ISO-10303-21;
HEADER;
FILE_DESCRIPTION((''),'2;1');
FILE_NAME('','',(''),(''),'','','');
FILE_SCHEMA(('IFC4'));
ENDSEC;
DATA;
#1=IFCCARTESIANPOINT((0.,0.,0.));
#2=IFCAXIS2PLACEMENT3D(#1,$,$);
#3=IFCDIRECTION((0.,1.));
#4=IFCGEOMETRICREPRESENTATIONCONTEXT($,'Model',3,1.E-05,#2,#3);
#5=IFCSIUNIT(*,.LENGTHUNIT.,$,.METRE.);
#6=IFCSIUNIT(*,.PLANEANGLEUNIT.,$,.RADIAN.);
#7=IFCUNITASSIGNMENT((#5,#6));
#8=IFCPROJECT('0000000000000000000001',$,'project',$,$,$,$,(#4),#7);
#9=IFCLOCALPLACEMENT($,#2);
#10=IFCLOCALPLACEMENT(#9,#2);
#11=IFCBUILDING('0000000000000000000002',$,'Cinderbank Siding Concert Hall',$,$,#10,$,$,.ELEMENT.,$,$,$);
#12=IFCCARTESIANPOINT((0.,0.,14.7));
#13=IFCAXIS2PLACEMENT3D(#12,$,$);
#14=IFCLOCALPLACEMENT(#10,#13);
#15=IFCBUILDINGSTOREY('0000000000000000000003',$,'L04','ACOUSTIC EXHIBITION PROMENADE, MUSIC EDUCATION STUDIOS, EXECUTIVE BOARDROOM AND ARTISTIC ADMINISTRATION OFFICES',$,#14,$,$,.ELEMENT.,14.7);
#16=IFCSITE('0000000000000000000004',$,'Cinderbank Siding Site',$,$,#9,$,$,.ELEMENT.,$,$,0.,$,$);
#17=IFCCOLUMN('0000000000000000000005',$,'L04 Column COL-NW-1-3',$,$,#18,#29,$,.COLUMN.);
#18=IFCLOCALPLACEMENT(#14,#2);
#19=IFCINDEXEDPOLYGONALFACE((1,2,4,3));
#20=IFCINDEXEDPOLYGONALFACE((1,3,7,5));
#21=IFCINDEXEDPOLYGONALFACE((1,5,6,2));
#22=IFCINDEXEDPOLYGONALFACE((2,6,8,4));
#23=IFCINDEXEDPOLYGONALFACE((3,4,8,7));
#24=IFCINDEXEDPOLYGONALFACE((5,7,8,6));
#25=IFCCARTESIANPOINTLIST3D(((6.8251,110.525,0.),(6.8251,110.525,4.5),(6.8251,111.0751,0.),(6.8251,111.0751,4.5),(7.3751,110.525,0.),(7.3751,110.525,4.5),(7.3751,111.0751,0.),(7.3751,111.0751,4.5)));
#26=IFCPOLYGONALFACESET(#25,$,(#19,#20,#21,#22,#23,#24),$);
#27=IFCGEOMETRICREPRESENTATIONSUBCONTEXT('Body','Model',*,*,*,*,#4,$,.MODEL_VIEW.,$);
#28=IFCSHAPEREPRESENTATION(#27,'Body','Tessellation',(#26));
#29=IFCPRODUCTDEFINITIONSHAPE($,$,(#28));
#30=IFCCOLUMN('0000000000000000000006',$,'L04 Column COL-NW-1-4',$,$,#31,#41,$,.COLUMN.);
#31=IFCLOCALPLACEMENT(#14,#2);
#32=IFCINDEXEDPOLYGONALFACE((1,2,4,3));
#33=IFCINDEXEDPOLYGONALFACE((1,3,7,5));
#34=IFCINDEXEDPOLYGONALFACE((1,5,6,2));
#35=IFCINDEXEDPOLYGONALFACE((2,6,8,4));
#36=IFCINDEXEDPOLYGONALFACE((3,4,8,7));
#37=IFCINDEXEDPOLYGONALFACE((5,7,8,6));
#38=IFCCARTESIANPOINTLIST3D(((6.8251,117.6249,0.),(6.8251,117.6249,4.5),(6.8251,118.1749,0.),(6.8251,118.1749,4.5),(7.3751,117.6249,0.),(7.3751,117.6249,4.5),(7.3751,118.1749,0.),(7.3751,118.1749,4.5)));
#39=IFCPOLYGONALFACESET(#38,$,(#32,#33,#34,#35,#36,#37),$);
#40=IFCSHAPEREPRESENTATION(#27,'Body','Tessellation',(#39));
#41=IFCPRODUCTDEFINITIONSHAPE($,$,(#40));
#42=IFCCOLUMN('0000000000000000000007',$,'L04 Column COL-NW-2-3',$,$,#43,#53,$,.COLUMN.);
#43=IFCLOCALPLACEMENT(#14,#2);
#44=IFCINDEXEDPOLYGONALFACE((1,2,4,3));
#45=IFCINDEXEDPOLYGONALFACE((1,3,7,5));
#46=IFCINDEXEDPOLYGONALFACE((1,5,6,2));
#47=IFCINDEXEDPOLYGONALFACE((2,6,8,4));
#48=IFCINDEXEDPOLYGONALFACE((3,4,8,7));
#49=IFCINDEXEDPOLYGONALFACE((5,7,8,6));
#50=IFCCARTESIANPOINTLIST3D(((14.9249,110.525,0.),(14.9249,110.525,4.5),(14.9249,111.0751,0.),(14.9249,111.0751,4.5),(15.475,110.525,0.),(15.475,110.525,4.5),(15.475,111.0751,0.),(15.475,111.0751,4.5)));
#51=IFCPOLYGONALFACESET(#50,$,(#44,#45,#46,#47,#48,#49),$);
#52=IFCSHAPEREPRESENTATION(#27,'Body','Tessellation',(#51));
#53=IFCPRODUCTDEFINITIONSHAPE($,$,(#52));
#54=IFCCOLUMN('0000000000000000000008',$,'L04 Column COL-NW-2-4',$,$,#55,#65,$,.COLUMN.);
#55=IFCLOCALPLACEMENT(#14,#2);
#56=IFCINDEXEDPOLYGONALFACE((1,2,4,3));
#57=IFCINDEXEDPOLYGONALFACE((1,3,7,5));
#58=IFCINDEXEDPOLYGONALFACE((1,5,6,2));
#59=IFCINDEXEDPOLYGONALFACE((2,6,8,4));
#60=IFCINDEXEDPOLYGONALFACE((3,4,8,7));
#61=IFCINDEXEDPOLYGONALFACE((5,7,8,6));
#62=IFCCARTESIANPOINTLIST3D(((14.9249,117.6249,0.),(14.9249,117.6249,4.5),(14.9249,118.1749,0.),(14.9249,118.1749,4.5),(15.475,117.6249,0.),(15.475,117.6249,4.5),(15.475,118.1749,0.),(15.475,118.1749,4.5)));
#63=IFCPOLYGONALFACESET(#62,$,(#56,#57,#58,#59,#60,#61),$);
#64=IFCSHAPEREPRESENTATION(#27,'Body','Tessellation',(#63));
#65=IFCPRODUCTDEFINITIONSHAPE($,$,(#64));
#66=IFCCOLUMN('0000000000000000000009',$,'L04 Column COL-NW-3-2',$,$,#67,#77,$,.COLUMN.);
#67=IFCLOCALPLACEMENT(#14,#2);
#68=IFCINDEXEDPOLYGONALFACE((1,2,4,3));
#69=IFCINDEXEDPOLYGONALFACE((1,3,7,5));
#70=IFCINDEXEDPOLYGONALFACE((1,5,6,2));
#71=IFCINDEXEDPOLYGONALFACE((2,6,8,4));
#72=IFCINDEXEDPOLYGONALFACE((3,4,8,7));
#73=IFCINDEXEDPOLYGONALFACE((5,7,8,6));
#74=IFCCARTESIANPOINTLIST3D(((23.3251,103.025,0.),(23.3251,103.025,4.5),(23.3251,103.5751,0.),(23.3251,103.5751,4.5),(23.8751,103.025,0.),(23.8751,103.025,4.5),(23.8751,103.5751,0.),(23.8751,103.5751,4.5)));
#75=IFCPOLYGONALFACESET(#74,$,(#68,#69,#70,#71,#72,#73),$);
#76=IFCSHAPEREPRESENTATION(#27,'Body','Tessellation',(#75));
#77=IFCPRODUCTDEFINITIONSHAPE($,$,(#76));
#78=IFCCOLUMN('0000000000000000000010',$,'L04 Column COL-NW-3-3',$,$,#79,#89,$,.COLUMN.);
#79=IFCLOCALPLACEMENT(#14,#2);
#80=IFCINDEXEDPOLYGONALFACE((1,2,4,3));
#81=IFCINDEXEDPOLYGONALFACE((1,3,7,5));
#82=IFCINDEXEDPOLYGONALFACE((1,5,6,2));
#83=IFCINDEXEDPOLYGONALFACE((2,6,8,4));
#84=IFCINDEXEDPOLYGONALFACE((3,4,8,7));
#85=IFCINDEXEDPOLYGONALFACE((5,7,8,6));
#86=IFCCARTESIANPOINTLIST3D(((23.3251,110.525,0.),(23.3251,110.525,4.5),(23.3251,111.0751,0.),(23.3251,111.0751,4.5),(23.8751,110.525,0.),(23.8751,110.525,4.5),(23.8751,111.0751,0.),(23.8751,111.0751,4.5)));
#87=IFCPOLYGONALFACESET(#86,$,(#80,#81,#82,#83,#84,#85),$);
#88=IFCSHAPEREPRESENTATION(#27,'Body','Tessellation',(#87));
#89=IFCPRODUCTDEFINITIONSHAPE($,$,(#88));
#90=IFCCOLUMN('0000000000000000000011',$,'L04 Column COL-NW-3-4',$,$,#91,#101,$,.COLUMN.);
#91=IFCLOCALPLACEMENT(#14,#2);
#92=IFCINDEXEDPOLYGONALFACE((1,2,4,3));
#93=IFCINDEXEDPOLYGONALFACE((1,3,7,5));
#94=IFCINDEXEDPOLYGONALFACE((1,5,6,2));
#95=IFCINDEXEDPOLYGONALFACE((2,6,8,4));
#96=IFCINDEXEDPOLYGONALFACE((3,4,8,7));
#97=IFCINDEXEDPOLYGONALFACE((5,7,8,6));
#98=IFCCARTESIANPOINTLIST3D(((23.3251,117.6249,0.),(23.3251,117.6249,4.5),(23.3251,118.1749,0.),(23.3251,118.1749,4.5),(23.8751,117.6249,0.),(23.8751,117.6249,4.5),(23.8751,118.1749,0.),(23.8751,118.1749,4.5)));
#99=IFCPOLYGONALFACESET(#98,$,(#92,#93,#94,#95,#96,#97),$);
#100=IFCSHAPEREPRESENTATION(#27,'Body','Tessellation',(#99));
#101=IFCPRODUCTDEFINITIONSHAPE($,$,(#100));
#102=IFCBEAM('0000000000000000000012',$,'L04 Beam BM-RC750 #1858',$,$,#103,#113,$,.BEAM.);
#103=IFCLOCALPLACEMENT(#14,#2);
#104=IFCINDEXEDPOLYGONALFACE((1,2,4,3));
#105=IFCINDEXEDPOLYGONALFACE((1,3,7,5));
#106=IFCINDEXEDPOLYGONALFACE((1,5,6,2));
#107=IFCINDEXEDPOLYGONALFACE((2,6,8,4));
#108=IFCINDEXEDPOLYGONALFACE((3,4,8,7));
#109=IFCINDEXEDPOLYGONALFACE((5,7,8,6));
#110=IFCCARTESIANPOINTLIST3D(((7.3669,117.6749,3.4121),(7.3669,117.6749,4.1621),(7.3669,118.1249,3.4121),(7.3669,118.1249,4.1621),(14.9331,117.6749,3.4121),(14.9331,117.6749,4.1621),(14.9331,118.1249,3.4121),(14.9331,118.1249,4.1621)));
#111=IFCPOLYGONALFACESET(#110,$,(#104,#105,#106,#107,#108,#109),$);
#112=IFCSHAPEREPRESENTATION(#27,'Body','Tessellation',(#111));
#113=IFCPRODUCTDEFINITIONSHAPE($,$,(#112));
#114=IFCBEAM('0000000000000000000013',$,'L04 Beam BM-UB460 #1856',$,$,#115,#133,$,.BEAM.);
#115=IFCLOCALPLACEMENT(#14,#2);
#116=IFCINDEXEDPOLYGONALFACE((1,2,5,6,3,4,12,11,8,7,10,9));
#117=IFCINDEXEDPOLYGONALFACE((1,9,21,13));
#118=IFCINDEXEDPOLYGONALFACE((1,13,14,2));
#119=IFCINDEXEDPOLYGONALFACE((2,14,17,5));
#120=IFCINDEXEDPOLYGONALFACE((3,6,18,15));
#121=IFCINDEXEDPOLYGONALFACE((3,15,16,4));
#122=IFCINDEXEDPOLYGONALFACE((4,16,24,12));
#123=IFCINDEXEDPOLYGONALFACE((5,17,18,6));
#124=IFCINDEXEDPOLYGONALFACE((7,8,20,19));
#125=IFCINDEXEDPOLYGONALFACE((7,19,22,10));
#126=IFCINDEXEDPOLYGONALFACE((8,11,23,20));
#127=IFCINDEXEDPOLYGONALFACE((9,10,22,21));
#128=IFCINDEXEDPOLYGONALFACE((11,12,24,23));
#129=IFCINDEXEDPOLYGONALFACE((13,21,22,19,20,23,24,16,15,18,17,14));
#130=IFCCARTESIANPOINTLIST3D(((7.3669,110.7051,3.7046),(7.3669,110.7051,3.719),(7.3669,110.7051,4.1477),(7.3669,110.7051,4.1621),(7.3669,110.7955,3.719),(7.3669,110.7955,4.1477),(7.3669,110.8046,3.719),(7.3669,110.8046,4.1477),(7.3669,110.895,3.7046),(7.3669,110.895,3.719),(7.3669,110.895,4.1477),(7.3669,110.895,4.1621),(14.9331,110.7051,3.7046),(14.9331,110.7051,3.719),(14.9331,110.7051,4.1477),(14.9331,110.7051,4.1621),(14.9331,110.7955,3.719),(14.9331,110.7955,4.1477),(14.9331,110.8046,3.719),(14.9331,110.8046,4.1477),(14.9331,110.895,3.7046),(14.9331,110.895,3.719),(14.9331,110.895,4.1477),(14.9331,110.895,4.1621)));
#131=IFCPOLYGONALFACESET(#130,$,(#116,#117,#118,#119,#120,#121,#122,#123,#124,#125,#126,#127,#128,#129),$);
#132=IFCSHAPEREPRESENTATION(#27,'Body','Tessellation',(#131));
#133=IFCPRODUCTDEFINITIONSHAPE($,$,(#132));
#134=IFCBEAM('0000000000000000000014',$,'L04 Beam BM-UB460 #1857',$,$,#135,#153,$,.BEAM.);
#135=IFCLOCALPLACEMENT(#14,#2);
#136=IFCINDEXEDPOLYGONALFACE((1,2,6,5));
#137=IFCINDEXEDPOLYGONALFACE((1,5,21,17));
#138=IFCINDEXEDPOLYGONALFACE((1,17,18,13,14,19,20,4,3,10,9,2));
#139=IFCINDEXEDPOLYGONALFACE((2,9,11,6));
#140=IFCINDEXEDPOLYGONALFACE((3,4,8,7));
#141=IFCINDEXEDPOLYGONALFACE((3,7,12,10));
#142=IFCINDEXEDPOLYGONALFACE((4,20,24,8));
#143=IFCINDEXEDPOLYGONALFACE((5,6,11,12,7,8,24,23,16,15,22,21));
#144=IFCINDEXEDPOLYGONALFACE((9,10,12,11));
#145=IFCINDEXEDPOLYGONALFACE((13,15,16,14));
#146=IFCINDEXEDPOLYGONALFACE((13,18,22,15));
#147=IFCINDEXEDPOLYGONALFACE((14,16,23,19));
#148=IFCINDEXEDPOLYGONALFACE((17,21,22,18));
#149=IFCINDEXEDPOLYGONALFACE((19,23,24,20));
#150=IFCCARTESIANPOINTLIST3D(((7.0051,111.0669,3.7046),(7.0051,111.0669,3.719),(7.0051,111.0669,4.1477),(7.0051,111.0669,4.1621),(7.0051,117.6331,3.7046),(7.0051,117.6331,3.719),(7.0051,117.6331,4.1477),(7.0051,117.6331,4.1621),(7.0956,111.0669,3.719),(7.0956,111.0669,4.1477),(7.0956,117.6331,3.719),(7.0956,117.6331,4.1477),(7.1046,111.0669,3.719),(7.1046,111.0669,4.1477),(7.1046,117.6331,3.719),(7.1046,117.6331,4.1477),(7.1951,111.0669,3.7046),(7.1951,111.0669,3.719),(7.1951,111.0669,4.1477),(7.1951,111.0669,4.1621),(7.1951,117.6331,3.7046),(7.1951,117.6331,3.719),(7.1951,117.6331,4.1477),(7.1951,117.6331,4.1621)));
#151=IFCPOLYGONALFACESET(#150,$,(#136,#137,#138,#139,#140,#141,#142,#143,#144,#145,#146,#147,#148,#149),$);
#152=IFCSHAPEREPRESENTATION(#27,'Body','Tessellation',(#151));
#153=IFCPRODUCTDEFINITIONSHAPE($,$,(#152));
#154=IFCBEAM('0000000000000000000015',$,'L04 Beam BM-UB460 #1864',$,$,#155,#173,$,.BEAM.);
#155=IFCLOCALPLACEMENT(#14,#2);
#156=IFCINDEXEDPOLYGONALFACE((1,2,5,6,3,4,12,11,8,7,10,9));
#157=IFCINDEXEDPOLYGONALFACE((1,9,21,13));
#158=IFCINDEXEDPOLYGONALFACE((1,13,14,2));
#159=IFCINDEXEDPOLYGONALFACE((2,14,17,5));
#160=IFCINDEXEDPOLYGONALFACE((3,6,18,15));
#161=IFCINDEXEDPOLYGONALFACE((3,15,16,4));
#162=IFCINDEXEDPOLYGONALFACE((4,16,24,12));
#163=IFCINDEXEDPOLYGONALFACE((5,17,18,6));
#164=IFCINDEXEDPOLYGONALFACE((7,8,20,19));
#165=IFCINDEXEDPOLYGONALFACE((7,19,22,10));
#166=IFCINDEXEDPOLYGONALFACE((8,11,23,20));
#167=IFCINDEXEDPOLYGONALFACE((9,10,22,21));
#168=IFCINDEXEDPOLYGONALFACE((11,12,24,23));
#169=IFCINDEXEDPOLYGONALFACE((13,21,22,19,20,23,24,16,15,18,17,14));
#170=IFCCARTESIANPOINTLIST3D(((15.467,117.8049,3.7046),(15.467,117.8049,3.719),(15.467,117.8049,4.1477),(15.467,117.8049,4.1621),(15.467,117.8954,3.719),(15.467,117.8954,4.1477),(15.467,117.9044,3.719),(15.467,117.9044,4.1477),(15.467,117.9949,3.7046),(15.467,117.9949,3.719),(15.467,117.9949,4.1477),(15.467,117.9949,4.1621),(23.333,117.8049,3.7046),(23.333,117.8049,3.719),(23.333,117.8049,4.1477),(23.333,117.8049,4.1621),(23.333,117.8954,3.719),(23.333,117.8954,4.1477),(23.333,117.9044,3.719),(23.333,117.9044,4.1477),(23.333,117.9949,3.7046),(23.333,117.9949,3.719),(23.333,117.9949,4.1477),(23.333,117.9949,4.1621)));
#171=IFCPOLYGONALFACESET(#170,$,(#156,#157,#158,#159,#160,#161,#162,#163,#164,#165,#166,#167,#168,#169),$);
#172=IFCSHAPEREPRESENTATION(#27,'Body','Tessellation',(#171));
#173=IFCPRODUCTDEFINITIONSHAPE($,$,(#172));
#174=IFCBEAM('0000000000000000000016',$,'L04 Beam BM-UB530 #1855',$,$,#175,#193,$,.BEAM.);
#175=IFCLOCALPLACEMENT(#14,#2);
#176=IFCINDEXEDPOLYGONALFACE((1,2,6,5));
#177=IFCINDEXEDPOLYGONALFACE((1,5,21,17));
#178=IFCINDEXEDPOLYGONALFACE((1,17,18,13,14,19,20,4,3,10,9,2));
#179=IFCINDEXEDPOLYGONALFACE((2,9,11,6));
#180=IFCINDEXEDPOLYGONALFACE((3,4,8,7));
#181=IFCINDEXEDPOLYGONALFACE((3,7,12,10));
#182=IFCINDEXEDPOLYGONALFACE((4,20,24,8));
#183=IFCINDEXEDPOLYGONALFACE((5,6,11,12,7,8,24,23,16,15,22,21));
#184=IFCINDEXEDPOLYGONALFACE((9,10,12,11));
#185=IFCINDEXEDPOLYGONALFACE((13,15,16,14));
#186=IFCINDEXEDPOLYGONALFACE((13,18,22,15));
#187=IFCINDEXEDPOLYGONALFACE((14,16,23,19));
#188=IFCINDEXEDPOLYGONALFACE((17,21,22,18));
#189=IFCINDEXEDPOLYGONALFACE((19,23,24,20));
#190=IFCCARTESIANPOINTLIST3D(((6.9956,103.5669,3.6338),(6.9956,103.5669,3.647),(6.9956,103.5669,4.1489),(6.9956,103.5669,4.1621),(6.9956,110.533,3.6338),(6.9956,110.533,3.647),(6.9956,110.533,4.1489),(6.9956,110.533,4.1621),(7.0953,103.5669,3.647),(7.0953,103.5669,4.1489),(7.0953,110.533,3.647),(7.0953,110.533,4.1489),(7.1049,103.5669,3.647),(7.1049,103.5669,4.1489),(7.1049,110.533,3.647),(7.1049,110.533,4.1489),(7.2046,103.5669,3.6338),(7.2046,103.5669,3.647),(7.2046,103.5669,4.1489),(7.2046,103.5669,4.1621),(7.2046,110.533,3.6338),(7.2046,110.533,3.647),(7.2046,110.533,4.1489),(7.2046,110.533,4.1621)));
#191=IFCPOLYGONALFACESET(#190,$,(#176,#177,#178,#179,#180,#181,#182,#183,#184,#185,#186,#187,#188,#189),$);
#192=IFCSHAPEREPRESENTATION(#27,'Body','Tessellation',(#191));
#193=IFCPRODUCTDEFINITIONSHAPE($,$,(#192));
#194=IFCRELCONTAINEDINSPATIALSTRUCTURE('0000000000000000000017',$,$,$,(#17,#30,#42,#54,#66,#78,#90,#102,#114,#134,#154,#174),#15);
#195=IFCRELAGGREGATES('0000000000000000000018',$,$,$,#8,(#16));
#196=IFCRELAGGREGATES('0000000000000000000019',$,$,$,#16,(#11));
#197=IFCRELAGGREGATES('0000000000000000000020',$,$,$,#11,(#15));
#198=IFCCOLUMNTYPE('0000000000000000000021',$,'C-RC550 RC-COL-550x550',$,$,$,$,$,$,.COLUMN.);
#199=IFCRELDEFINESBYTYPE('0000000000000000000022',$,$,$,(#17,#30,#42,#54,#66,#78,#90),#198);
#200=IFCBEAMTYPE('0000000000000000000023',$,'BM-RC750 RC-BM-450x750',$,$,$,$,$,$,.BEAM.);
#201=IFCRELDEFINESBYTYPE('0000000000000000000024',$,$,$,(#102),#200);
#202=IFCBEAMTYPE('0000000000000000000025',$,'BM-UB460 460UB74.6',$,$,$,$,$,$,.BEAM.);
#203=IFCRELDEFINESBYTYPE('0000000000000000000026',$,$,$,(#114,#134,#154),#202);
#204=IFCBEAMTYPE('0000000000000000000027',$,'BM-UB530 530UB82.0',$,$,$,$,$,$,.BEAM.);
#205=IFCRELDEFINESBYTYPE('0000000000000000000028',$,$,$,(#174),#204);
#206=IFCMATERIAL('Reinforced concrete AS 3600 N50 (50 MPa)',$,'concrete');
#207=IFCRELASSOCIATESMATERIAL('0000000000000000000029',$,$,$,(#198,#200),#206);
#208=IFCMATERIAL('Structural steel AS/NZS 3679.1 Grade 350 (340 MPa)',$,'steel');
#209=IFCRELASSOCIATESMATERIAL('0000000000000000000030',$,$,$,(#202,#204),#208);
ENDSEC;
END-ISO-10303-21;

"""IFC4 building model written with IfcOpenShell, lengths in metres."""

from ifc_helpers import new_model, si_unit, direction, frame, origin, origin_2d, place, context, subcontext, project, spatial, rectangle, i_section, extrude, material, material_profile, profile_set, type_object, element, save


model = new_model("IFC4")

# Units and contexts
model_context = context("Model", 3, precision=1e-05, world=origin(), true_north=direction((0.0, 1.0)))
body_context = subcontext(model_context, "Body", "Model", "MODEL_VIEW")
ifc_project = project(units=[si_unit("LENGTHUNIT", "METRE"), si_unit("PLANEANGLEUNIT", "RADIAN")], contexts=[model_context])

# Site, building, storey
site_placement = place(None, origin())
site = spatial("IfcSite", under=ifc_project, at=site_placement, Name="Cinderbank Siding Site", CompositionType="ELEMENT", RefElevation=0.0)
building_placement = place(site_placement, origin())
building = spatial("IfcBuilding", under=site, at=building_placement, Name="Cinderbank Siding Concert Hall", CompositionType="ELEMENT")
storey_placement = place(building_placement, frame((0.0, 0.0, 14.7)))
storey = spatial("IfcBuildingStorey", under=building, at=storey_placement, Name="L04", Description="ACOUSTIC EXHIBITION PROMENADE, MUSIC EDUCATION STUDIOS, EXECUTIVE BOARDROOM AND ARTISTIC ADMINISTRATION OFFICES", CompositionType="ELEMENT", Elevation=14.7)

# Columns
ifc_material_1 = material(Name="Reinforced concrete AS 3600 N50 (50 MPa)", Category="concrete")
ifc_material_profile_1 = material_profile(ifc_material_1, rectangle(XDim=0.55, YDim=0.55, at=origin_2d()), Name="RC-COL-550x550", Category="LoadBearing")
ifc_profile_set_1 = profile_set([ifc_material_profile_1], Name="Reinforced concrete AS 3600 N50 (50 MPa)")
column_type = type_object("IfcColumnType", Name="C-RC550 RC-COL-550x550", PredefinedType="COLUMN", material=ifc_profile_set_1)
for number, where, z_axis, x_axis, name in (
    (1, (7.1001, 110.8, 0.0), (0.0, 0.0, 1.0), (1.0, 0.0, 0.0), "L04 Column COL-NW-1-3"),
    (2, (7.1001, 117.8999, 0.0), (0.0, 0.0, 1.0), (1.0, 0.0, 0.0), "L04 Column COL-NW-1-4"),
    (3, (15.2, 110.8, 0.0), (0.0, 0.0, 1.0), (1.0, 0.0, 0.0), "L04 Column COL-NW-2-3"),
    (4, (15.2, 117.8999, 0.0), (0.0, 0.0, 1.0), (1.0, 0.0, 0.0), "L04 Column COL-NW-2-4"),
    (5, (23.6001, 103.3, 0.0), (0.0, 0.0, 1.0), (1.0, 0.0, 0.0), "L04 Column COL-NW-3-2"),
    (6, (23.6001, 110.8, 0.0), (0.0, 0.0, 1.0), (1.0, 0.0, 0.0), "L04 Column COL-NW-3-3"),
    (7, (23.6001, 117.8999, 0.0), (0.0, 0.0, 1.0), (1.0, 0.0, 0.0), "L04 Column COL-NW-3-4"),
):
    element("IfcColumn", number, at=place(storey_placement, frame(where, z_axis=z_axis, x_axis=x_axis)), inside=storey, type_object=column_type, Name=name, PredefinedType="COLUMN", context=body_context, shape_type="SweptSolid", body=[
        extrude(rectangle(XDim=0.55, YDim=0.55, at=origin_2d()), origin(), (0.0, 0.0, 1.0), 4.5),
    ])

# Beams
ifc_material_profile_2 = material_profile(ifc_material_1, rectangle(XDim=0.45, YDim=0.75, at=origin_2d()), Name="RC-BM-450x750", Category="LoadBearing")
ifc_profile_set_2 = profile_set([ifc_material_profile_2], Name="Reinforced concrete AS 3600 N50 (50 MPa)")
beam_type_1 = type_object("IfcBeamType", Name="BM-RC750 RC-BM-450x750", PredefinedType="BEAM", material=ifc_profile_set_2)
beam_1_placement = place(storey_placement, frame((7.3669, 117.8999, 3.7871), z_axis=(1.0, 0.0, 0.0), x_axis=(0.0, 1.0, 0.0)))
element("IfcBeam", 8, at=beam_1_placement, inside=storey, type_object=beam_type_1, Name="L04 Beam BM-RC750 #1858", PredefinedType="BEAM", context=body_context, shape_type="SweptSolid", body=[
    extrude(rectangle(XDim=0.45, YDim=0.75, at=origin_2d()), origin(), (0.0, 0.0, 1.0), 7.5662),
])
ifc_material_2 = material(Name="Structural steel AS/NZS 3679.1 Grade 350 (340 MPa)", Category="steel")
ifc_material_profile_3 = material_profile(ifc_material_2, i_section(OverallWidth=0.1899, OverallDepth=0.4575, WebThickness=0.009, FlangeThickness=0.0144, at=origin_2d()), Name="460UB74.6", Category="LoadBearing")
ifc_profile_set_3 = profile_set([ifc_material_profile_3], Name="Structural steel AS/NZS 3679.1 Grade 350 (340 MPa)")
beam_type_2 = type_object("IfcBeamType", Name="BM-UB460 460UB74.6", PredefinedType="BEAM", material=ifc_profile_set_3)
beam_2_placement = place(storey_placement, frame((7.3669, 110.8, 3.9333), z_axis=(1.0, 0.0, 0.0), x_axis=(0.0, 1.0, 0.0)))
element("IfcBeam", 9, at=beam_2_placement, inside=storey, type_object=beam_type_2, Name="L04 Beam BM-UB460 #1856", PredefinedType="BEAM", context=body_context, shape_type="SweptSolid", body=[
    extrude(i_section(OverallWidth=0.1899, OverallDepth=0.4575, WebThickness=0.009, FlangeThickness=0.0144, at=origin_2d()), origin(), (0.0, 0.0, 1.0), 7.5662),
])
beam_3_placement = place(storey_placement, frame((7.1001, 111.0669, 3.9333), z_axis=(0.0, 1.0, 0.0), x_axis=(-1.0, 0.0, 0.0)))
element("IfcBeam", 10, at=beam_3_placement, inside=storey, type_object=beam_type_2, Name="L04 Beam BM-UB460 #1857", PredefinedType="BEAM", context=body_context, shape_type="SweptSolid", body=[
    extrude(i_section(OverallWidth=0.1899, OverallDepth=0.4575, WebThickness=0.009, FlangeThickness=0.0144, at=origin_2d()), origin(), (0.0, 0.0, 1.0), 6.5662),
])
beam_4_placement = place(storey_placement, frame((15.467, 117.8999, 3.9333), z_axis=(1.0, 0.0, 0.0), x_axis=(0.0, 1.0, 0.0)))
element("IfcBeam", 11, at=beam_4_placement, inside=storey, type_object=beam_type_2, Name="L04 Beam BM-UB460 #1864", PredefinedType="BEAM", context=body_context, shape_type="SweptSolid", body=[
    extrude(i_section(OverallWidth=0.1899, OverallDepth=0.4575, WebThickness=0.009, FlangeThickness=0.0144, at=origin_2d()), origin(), (0.0, 0.0, 1.0), 7.866),
])
ifc_material_profile_4 = material_profile(ifc_material_2, i_section(OverallWidth=0.209, OverallDepth=0.5283, WebThickness=0.0095, FlangeThickness=0.0132, at=origin_2d()), Name="530UB82.0", Category="LoadBearing")
ifc_profile_set_4 = profile_set([ifc_material_profile_4], Name="Structural steel AS/NZS 3679.1 Grade 350 (340 MPa)")
beam_type_3 = type_object("IfcBeamType", Name="BM-UB530 530UB82.0", PredefinedType="BEAM", material=ifc_profile_set_4)
beam_5_placement = place(storey_placement, frame((7.1001, 103.5669, 3.8979), z_axis=(0.0, 1.0, 0.0), x_axis=(-1.0, 0.0, 0.0)))
element("IfcBeam", 12, at=beam_5_placement, inside=storey, type_object=beam_type_3, Name="L04 Beam BM-UB530 #1855", PredefinedType="BEAM", context=body_context, shape_type="SweptSolid", body=[
    extrude(i_section(OverallWidth=0.209, OverallDepth=0.5283, WebThickness=0.0095, FlangeThickness=0.0132, at=origin_2d()), origin(), (0.0, 0.0, 1.0), 6.9661),
])

save(model, "model.ifc")
